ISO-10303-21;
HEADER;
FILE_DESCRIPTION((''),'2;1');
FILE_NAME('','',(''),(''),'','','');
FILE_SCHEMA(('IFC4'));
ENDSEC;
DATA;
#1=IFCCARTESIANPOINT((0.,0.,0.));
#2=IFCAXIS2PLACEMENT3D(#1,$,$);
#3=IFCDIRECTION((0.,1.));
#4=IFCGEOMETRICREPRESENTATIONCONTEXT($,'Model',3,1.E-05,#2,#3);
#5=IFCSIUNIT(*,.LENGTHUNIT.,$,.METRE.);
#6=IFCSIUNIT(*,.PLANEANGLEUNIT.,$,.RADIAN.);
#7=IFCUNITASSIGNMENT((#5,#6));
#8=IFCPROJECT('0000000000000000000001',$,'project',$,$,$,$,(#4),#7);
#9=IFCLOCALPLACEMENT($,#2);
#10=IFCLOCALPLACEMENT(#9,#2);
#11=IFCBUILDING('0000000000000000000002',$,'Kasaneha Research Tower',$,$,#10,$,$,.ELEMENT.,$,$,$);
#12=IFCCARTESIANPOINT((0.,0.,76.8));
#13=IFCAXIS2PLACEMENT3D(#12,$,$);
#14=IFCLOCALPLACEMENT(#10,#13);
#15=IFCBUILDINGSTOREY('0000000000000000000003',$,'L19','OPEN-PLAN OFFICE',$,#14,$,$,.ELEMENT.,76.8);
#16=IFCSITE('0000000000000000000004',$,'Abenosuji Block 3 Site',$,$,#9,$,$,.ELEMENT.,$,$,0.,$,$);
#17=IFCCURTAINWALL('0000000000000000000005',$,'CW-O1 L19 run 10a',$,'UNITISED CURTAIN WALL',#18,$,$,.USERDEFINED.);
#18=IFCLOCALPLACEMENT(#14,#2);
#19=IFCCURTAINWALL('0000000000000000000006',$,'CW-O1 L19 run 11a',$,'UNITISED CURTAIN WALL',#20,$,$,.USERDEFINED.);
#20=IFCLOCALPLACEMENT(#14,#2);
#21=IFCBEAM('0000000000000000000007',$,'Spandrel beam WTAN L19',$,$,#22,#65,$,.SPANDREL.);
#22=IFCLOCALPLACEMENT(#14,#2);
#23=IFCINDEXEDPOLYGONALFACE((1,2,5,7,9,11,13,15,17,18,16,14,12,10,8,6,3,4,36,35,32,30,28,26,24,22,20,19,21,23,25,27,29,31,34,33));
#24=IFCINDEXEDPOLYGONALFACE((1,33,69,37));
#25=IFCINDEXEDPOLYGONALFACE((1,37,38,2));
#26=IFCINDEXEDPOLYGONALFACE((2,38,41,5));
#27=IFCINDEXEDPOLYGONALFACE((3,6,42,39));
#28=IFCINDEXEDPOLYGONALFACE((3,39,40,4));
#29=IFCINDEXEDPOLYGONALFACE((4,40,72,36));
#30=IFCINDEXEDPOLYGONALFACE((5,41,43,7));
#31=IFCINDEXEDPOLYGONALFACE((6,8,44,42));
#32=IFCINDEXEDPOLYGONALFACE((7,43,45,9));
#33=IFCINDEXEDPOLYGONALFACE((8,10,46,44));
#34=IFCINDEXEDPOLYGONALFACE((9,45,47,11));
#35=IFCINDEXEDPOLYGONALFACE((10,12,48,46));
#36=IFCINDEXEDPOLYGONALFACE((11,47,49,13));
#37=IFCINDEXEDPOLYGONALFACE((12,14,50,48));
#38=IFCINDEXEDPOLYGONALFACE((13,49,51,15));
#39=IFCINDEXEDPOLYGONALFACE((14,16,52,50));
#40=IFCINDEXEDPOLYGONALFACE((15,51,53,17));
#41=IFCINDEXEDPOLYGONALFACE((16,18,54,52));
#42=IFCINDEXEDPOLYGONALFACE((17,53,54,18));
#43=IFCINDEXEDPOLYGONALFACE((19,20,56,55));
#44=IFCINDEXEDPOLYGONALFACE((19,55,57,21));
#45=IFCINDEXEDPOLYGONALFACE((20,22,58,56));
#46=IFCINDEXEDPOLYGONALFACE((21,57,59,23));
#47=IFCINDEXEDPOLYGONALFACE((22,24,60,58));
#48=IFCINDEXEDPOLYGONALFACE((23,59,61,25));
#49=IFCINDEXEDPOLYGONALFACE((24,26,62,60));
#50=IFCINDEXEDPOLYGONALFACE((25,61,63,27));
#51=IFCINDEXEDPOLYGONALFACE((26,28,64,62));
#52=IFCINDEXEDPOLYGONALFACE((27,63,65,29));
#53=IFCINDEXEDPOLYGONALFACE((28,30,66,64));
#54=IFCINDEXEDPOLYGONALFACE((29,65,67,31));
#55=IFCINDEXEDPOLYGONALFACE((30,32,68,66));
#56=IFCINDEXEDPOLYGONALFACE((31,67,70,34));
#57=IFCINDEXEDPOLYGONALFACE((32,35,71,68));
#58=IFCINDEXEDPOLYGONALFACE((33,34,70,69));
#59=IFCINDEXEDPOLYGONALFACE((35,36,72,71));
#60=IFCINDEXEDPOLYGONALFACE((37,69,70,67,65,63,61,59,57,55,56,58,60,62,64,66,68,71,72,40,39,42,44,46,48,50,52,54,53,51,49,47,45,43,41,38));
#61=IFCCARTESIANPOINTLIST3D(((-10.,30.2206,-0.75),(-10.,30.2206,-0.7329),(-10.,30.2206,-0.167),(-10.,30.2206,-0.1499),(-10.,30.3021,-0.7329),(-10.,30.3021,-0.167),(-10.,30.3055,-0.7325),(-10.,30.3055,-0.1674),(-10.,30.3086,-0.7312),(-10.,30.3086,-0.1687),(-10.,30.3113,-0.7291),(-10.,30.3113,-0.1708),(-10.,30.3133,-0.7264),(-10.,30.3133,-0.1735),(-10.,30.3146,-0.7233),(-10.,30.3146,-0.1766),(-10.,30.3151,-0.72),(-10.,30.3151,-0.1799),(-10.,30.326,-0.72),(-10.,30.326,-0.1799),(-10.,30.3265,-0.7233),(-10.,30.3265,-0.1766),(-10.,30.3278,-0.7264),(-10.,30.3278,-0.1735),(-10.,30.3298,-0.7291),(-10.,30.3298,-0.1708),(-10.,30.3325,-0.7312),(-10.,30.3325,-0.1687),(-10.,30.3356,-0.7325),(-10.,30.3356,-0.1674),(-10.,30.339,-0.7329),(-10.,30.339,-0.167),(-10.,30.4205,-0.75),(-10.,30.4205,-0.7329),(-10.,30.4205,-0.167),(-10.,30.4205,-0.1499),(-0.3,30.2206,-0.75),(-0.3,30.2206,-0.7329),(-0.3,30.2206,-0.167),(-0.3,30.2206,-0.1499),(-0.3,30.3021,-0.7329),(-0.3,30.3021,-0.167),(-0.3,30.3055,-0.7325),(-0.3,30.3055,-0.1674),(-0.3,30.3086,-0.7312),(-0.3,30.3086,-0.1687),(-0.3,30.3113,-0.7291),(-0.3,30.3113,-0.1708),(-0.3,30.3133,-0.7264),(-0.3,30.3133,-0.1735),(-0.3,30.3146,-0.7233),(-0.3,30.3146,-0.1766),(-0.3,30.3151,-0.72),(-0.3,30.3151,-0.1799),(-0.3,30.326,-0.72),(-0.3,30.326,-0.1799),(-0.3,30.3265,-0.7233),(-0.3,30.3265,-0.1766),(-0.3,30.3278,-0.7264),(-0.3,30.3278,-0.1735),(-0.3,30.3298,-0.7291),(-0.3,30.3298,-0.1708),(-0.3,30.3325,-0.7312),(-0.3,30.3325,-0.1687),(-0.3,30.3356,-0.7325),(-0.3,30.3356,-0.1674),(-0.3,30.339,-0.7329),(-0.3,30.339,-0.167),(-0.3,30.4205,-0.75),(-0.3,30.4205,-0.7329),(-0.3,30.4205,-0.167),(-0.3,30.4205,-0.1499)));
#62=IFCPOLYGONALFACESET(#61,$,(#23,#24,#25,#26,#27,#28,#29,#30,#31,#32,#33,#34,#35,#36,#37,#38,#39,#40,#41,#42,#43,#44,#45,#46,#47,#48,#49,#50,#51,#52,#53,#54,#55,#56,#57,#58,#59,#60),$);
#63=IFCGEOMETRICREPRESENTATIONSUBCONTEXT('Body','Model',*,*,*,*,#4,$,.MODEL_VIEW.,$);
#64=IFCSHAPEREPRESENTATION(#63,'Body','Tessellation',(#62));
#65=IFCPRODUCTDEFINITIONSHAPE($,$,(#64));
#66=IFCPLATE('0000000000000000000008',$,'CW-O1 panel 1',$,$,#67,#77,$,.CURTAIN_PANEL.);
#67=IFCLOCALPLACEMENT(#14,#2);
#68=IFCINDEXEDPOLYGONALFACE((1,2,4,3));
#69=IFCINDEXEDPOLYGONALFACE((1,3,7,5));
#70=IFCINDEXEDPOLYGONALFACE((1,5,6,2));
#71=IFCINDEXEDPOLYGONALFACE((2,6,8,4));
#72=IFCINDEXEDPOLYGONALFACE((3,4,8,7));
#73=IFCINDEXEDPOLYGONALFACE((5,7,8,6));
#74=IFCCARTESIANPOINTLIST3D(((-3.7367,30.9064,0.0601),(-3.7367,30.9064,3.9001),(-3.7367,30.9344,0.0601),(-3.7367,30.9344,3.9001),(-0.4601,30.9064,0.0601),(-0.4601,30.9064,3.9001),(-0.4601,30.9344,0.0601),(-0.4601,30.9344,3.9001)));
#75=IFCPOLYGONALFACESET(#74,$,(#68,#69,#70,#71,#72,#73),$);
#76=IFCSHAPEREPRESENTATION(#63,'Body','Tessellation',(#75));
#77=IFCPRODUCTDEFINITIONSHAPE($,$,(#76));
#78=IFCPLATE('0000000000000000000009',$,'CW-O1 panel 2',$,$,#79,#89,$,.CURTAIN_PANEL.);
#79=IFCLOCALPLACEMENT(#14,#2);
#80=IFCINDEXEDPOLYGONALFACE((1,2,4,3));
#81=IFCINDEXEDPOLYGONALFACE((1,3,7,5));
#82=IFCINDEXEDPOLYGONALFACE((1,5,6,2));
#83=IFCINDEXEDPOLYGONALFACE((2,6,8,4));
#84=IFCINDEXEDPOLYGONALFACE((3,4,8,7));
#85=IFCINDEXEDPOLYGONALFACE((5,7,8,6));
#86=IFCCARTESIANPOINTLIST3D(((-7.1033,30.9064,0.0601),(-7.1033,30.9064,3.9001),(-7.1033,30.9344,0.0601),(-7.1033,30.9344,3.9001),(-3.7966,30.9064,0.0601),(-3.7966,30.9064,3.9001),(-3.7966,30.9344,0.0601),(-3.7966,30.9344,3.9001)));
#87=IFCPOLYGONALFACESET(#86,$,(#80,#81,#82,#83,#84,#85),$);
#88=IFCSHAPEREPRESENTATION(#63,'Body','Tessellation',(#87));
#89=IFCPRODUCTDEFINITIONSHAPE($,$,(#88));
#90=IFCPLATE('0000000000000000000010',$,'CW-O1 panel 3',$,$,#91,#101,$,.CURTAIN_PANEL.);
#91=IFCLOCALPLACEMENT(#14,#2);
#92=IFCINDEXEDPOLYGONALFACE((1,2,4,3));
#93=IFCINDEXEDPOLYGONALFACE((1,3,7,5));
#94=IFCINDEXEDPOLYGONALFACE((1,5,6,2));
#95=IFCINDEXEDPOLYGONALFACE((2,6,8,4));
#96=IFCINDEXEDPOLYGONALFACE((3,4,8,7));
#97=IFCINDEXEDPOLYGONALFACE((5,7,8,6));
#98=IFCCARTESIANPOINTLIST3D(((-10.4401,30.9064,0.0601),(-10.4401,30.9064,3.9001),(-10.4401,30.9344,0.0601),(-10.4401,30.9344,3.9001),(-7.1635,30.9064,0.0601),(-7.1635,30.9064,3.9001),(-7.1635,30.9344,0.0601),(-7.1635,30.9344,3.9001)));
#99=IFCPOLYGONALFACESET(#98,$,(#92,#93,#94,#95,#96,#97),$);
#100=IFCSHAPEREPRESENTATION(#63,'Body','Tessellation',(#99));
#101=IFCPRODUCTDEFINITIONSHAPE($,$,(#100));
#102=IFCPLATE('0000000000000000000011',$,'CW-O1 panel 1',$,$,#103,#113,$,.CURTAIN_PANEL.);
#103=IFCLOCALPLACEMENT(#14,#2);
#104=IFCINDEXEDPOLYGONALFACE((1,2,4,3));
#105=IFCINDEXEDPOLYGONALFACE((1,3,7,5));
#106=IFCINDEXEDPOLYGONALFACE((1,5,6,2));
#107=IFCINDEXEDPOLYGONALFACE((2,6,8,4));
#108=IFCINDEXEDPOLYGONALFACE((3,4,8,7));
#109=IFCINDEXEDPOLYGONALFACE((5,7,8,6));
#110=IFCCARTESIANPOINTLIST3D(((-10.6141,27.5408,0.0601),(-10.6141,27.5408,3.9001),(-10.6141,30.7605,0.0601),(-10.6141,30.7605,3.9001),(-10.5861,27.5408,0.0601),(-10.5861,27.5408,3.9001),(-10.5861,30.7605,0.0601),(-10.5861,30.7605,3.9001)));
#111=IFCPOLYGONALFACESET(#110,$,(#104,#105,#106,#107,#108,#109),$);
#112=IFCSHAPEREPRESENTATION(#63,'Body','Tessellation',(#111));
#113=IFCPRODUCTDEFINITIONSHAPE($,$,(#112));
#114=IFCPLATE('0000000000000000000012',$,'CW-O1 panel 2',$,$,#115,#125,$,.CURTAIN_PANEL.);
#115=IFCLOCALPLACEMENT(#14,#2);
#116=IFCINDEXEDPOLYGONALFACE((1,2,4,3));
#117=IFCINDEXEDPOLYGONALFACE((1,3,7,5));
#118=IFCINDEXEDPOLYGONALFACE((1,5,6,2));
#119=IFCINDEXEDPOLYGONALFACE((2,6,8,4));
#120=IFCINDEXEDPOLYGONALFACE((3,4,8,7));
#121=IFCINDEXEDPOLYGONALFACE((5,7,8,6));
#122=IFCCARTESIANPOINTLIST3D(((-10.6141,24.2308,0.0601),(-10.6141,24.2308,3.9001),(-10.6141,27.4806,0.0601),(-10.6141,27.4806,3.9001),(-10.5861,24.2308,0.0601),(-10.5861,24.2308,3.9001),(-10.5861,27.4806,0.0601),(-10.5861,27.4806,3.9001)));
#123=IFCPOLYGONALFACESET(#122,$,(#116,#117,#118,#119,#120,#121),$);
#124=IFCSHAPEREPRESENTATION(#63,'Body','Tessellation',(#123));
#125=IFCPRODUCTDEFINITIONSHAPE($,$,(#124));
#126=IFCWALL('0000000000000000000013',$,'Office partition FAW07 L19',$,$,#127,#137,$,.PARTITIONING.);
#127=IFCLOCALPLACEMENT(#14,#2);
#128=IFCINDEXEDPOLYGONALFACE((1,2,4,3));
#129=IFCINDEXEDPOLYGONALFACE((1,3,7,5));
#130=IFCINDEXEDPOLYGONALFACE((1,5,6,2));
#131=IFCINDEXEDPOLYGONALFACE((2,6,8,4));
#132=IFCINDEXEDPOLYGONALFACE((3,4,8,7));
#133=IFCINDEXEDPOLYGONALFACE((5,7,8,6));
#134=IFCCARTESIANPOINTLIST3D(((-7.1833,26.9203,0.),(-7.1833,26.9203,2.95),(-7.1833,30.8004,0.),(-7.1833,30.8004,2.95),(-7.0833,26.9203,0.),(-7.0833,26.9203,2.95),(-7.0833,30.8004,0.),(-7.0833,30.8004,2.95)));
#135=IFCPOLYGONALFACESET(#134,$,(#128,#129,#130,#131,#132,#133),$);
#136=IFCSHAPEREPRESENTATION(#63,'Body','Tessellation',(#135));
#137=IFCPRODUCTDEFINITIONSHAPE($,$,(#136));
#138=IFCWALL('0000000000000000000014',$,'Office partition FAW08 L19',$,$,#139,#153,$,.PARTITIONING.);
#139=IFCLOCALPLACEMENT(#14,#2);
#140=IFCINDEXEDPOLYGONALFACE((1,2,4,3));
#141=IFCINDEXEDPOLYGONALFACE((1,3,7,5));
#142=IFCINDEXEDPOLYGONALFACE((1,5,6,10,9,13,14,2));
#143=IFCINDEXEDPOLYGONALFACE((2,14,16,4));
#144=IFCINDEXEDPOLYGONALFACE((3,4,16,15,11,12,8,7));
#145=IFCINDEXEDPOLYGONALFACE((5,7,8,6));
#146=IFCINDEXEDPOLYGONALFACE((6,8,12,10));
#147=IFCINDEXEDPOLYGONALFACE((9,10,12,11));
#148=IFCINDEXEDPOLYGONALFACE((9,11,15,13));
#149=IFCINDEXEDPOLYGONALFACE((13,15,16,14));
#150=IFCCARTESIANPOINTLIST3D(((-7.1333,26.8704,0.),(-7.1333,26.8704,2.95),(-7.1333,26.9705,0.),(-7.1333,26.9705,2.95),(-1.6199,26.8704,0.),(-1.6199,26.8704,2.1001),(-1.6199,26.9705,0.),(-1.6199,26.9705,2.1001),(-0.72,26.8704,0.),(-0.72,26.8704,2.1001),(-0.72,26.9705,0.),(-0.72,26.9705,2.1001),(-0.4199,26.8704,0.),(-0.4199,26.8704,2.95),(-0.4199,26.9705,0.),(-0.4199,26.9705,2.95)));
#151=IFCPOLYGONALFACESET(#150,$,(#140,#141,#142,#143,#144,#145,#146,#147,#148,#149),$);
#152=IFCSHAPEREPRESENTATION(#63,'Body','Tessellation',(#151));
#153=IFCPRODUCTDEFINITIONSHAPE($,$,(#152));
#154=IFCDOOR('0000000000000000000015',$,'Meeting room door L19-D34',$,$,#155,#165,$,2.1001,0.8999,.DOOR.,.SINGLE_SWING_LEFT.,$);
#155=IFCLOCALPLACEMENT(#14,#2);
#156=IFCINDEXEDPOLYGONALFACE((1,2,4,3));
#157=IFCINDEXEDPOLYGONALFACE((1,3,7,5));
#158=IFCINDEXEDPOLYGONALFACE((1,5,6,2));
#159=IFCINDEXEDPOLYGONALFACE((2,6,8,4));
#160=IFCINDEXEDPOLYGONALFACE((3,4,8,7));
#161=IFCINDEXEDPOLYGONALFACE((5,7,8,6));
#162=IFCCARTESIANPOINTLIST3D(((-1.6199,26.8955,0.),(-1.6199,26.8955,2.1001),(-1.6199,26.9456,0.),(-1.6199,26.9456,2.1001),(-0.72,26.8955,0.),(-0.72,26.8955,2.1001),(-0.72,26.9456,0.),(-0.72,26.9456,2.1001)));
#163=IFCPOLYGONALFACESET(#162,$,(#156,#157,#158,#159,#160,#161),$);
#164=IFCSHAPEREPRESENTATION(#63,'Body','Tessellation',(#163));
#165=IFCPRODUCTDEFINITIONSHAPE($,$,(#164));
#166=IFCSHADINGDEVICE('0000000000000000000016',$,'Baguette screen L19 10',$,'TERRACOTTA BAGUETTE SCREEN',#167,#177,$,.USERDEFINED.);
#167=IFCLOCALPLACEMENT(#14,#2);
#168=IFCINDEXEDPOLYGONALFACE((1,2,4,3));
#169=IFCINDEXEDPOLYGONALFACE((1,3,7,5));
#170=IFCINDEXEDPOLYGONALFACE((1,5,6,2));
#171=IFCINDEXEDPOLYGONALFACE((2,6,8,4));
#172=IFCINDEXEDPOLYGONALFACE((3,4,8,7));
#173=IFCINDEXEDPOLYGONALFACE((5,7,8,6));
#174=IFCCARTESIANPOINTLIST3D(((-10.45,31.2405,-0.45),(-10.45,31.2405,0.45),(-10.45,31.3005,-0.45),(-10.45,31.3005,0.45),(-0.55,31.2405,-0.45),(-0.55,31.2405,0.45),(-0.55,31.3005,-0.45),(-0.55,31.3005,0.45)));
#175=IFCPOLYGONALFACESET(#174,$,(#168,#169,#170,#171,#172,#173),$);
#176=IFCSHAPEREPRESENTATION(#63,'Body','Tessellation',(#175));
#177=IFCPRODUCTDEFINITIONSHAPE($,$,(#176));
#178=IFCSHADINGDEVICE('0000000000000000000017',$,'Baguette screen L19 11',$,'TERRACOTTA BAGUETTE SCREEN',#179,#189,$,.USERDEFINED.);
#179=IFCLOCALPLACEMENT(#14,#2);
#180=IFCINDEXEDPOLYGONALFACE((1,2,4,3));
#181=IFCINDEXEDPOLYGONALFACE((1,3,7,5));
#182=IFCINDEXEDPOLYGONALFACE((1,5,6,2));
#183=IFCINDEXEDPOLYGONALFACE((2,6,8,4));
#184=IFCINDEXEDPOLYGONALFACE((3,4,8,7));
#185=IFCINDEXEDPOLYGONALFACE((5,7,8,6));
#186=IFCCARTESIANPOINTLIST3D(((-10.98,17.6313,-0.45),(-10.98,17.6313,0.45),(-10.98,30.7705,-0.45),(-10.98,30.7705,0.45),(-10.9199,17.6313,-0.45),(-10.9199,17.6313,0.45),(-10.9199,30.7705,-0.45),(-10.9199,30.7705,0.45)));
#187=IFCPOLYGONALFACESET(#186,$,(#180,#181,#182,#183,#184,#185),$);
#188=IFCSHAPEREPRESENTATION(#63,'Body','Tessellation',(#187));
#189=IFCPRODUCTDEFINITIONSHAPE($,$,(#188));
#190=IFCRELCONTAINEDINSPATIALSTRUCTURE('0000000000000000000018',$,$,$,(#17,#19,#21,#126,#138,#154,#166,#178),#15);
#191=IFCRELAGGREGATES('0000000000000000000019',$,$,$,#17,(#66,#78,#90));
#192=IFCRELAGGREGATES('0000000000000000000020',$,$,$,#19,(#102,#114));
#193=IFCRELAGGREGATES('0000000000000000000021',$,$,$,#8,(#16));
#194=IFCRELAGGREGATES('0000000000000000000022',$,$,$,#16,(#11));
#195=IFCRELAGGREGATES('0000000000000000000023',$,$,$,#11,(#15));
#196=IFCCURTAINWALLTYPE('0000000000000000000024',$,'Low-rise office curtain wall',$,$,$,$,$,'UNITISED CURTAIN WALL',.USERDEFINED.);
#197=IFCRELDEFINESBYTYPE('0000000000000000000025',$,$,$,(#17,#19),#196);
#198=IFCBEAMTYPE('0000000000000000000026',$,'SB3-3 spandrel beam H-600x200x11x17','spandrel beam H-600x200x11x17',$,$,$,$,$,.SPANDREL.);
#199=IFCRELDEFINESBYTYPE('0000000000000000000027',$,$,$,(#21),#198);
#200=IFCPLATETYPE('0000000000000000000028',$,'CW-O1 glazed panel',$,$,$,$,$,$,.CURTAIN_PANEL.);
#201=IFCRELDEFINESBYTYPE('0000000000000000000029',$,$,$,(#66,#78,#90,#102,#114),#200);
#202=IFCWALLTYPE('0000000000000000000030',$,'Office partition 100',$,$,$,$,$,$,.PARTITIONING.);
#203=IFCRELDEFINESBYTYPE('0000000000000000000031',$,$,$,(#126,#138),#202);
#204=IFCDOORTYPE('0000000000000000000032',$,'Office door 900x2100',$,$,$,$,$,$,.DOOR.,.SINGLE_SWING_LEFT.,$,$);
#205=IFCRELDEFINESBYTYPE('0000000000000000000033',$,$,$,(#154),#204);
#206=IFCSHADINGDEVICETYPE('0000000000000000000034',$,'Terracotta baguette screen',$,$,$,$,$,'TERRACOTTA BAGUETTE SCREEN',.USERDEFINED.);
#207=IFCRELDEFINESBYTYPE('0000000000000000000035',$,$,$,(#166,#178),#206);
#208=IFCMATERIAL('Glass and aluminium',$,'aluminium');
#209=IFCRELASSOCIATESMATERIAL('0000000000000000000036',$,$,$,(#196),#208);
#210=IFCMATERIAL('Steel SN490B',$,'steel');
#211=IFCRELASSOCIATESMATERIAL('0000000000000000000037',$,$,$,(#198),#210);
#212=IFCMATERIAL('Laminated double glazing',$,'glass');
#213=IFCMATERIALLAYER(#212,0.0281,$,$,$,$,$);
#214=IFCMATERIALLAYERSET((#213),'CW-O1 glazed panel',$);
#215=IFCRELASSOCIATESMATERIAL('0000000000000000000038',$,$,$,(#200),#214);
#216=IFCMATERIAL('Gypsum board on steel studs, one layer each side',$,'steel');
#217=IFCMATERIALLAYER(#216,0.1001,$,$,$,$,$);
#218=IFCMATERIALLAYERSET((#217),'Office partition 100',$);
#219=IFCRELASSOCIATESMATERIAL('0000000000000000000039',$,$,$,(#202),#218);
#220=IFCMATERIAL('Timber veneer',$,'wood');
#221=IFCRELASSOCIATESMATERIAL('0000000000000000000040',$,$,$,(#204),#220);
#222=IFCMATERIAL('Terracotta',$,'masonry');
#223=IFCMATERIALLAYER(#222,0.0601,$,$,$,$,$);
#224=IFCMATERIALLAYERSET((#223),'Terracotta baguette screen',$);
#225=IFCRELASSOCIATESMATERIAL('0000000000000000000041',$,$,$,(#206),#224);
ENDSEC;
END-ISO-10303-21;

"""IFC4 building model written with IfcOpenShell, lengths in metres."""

from ifc_helpers import new_model, si_unit, direction, frame, frame_2d, origin, origin_2d, place, context, subcontext, project, spatial, rectangle, i_section, extrude, material, layer, layer_set, material_profile, profile_set, type_object, element, fill, aggregate, save


model = new_model("IFC4")

# Units and contexts
model_context = context("Model", 3, precision=1e-05, world=origin(), true_north=direction((0.0, 1.0)))
body_context = subcontext(model_context, "Body", "Model", "MODEL_VIEW")
ifc_project = project(units=[si_unit("LENGTHUNIT", "METRE"), si_unit("PLANEANGLEUNIT", "RADIAN")], contexts=[model_context])

# Site, building, storey
site_placement = place(None, origin())
site = spatial("IfcSite", under=ifc_project, at=site_placement, Name="Abenosuji Block 3 Site", CompositionType="ELEMENT", RefElevation=0.0)
building_placement = place(site_placement, origin())
building = spatial("IfcBuilding", under=site, at=building_placement, Name="Kasaneha Research Tower", CompositionType="ELEMENT")
storey_placement = place(building_placement, frame((0.0, 0.0, 76.8)))
storey = spatial("IfcBuildingStorey", under=building, at=storey_placement, Name="L19", Description="OPEN-PLAN OFFICE", CompositionType="ELEMENT", Elevation=76.8)

# Curtain walls
ifc_material_1 = material(Name="Glass and aluminium", Category="aluminium")
curtain_wall_type = type_object("IfcCurtainWallType", Name="Low-rise office curtain wall", ElementType="UNITISED CURTAIN WALL", PredefinedType="USERDEFINED", material=ifc_material_1)
curtain_wall_1_placement = place(storey_placement, origin())
curtain_wall_1 = element("IfcCurtainWall", 1, at=curtain_wall_1_placement, inside=storey, type_object=curtain_wall_type, Name="CW-O1 L19 run 10a", ObjectType="UNITISED CURTAIN WALL", PredefinedType="USERDEFINED")
curtain_wall_2_placement = place(storey_placement, origin())
curtain_wall_2 = element("IfcCurtainWall", 2, at=curtain_wall_2_placement, inside=storey, type_object=curtain_wall_type, Name="CW-O1 L19 run 11a", ObjectType="UNITISED CURTAIN WALL", PredefinedType="USERDEFINED")

# Beam
ifc_material_2 = material(Name="Steel SN490B", Category="steel")
ifc_material_profile_1 = material_profile(ifc_material_2, i_section(OverallWidth=0.2, OverallDepth=0.6001, WebThickness=0.011, FlangeThickness=0.0171, FilletRadius=0.0129, at=origin_2d()), Name="H-600x200x11x17")
ifc_profile_set_1 = profile_set([ifc_material_profile_1], Name="Steel SN490B")
beam_type_1 = type_object("IfcBeamType", Name="SB3-3 spandrel beam H-600x200x11x17", Description="spandrel beam H-600x200x11x17", PredefinedType="SPANDREL", material=ifc_profile_set_1)
beam_1_placement = place(storey_placement, frame((-10.0, 30.3206, -0.45), z_axis=(1.0, 0.0, 0.0), x_axis=(0.0, 1.0, 0.0)))
element("IfcBeam", 3, at=beam_1_placement, inside=storey, type_object=beam_type_1, Name="Spandrel beam WTAN L19", PredefinedType="SPANDREL", context=body_context, shape_type="SweptSolid", body=[
    extrude(i_section(OverallWidth=0.2, OverallDepth=0.6001, WebThickness=0.011, FlangeThickness=0.0171, FilletRadius=0.0129, at=origin_2d()), origin(), (0.0, 0.0, 1.0), 9.7),
])

# Plates
ifc_material_3 = material(Name="Laminated double glazing", Category="glass")
ifc_layer_1 = layer(ifc_material_3, 0.0281)
ifc_layer_set_1 = layer_set([ifc_layer_1], Name="CW-O1 glazed panel")
plate_type = type_object("IfcPlateType", Name="CW-O1 glazed panel", PredefinedType="CURTAIN_PANEL", material=ifc_layer_set_1)
plate_1_placement = place(storey_placement, frame((-2.0984, 30.9204, 0.0601), z_axis=(0.0, 0.0, 1.0), x_axis=(-1.0, 0.0, 0.0)))
plate_1 = element("IfcPlate", 4, at=plate_1_placement, type_object=plate_type, Name="CW-O1 panel 1", PredefinedType="CURTAIN_PANEL", context=body_context, shape_type="SweptSolid", body=[
    extrude(rectangle(XDim=3.2766, YDim=0.0281, at=origin_2d()), origin(), (0.0, 0.0, 1.0), 3.8401),
])
plate_2_placement = place(storey_placement, frame((-5.45, 30.9204, 0.0601), z_axis=(0.0, 0.0, 1.0), x_axis=(-1.0, 0.0, 0.0)))
plate_2 = element("IfcPlate", 5, at=plate_2_placement, type_object=plate_type, Name="CW-O1 panel 2", PredefinedType="CURTAIN_PANEL", context=body_context, shape_type="SweptSolid", body=[
    extrude(rectangle(XDim=3.3066, YDim=0.0281, at=origin_2d()), origin(), (0.0, 0.0, 1.0), 3.8401),
])
plate_3_placement = place(storey_placement, frame((-8.8018, 30.9204, 0.0601), z_axis=(0.0, 0.0, 1.0), x_axis=(-1.0, 0.0, 0.0)))
plate_3 = element("IfcPlate", 6, at=plate_3_placement, type_object=plate_type, Name="CW-O1 panel 3", PredefinedType="CURTAIN_PANEL", context=body_context, shape_type="SweptSolid", body=[
    extrude(rectangle(XDim=3.2766, YDim=0.0281, at=origin_2d()), origin(), (0.0, 0.0, 1.0), 3.8401),
])
aggregate(curtain_wall_1, [plate_1, plate_2, plate_3])
plate_4_placement = place(storey_placement, frame((-10.6001, 29.1506, 0.0601), z_axis=(0.0, 0.0, 1.0), x_axis=(0.0, -1.0, 0.0)))
plate_4 = element("IfcPlate", 7, at=plate_4_placement, type_object=plate_type, Name="CW-O1 panel 1", PredefinedType="CURTAIN_PANEL", context=body_context, shape_type="SweptSolid", body=[
    extrude(rectangle(XDim=3.2197, YDim=0.0281, at=origin_2d()), origin(), (0.0, 0.0, 1.0), 3.8401),
])
plate_5_placement = place(storey_placement, frame((-10.6001, 25.8557, 0.0601), z_axis=(0.0, 0.0, 1.0), x_axis=(0.0, -1.0, 0.0)))
plate_5 = element("IfcPlate", 8, at=plate_5_placement, type_object=plate_type, Name="CW-O1 panel 2", PredefinedType="CURTAIN_PANEL", context=body_context, shape_type="SweptSolid", body=[
    extrude(rectangle(XDim=3.2498, YDim=0.0281, at=origin_2d()), origin(), (0.0, 0.0, 1.0), 3.8401),
])
aggregate(curtain_wall_2, [plate_4, plate_5])

# Wall
ifc_material_4 = material(Name="Gypsum board on steel studs, one layer each side", Category="steel")
ifc_layer_2 = layer(ifc_material_4, 0.1001)
ifc_layer_set_2 = layer_set([ifc_layer_2], Name="Office partition 100")
wall_type = type_object("IfcWallType", Name="Office partition 100", PredefinedType="PARTITIONING", material=ifc_layer_set_2)
wall_1_placement = place(storey_placement, frame((-7.1333, 26.9204, 0.0), z_axis=(0.0, 0.0, 1.0), x_axis=(0.0, 1.0, 0.0)))
element("IfcWall", 9, at=wall_1_placement, inside=storey, type_object=wall_type, Name="Office partition FAW07 L19", PredefinedType="PARTITIONING", context=body_context, shape_type="SweptSolid", body=[
    extrude(rectangle(XDim=3.8801, YDim=0.1001, at=frame_2d((1.9399, 0.0))), origin(), (0.0, 0.0, 1.0), 2.95),
])

# Wall, opening, door
wall_2_placement = place(storey_placement, frame((-0.4199, 26.9204, 0.0), z_axis=(0.0, 0.0, 1.0), x_axis=(-1.0, 0.0, 0.0)))
wall_2 = element("IfcWall", 10, at=wall_2_placement, inside=storey, type_object=wall_type, Name="Office partition FAW08 L19", PredefinedType="PARTITIONING", context=body_context, shape_type="SweptSolid", body=[
    extrude(rectangle(XDim=6.7134, YDim=0.1001, at=frame_2d((3.3567, 0.0))), origin(), (0.0, 0.0, 1.0), 2.95),
])
opening_placement = place(wall_2_placement, frame((0.3, 0.0, 0.0)))
opening = element("IfcOpeningElement", 11, at=opening_placement, cuts=wall_2, PredefinedType="OPENING", context=body_context, shape_type="SweptSolid", body=[
    extrude(rectangle(XDim=0.8999, YDim=2.1001, at=frame_2d((0.45, 1.05))), frame((0.0, 0.0601, 0.0), z_axis=(0.0, -1.0, 0.0), x_axis=(1.0, 0.0, 0.0)), (0.0, 0.0, 1.0), 0.1201),
])
ifc_material_5 = material(Name="Timber veneer", Category="wood")
door_type = type_object("IfcDoorType", Name="Office door 900x2100", OperationType="SINGLE_SWING_LEFT", PredefinedType="DOOR", material=ifc_material_5)
door_placement = place(opening_placement, origin())
door = element("IfcDoor", 12, at=door_placement, inside=storey, type_object=door_type, Name="Meeting room door L19-D34", OperationType="SINGLE_SWING_LEFT", OverallHeight=2.1001, OverallWidth=0.8999, PredefinedType="DOOR", context=body_context, shape_type="SweptSolid", body=[
    extrude(rectangle(XDim=0.8999, YDim=2.1001, at=frame_2d((0.45, 1.05))), frame((0.0, 0.0249, 0.0), z_axis=(0.0, -1.0, 0.0), x_axis=(1.0, 0.0, 0.0)), (0.0, 0.0, 1.0), 0.05),
])
fill(opening, door)

# Shading devices
ifc_material_6 = material(Name="Terracotta", Category="masonry")
ifc_layer_3 = layer(ifc_material_6, 0.0601)
ifc_layer_set_3 = layer_set([ifc_layer_3], Name="Terracotta baguette screen")
shading_device_type = type_object("IfcShadingDeviceType", Name="Terracotta baguette screen", ElementType="TERRACOTTA BAGUETTE SCREEN", PredefinedType="USERDEFINED", material=ifc_layer_set_3)
shading_device_1_placement = place(storey_placement, frame((-5.5, 31.2705, -0.45), z_axis=(0.0, 0.0, 1.0), x_axis=(-1.0, 0.0, 0.0)))
element("IfcShadingDevice", 13, at=shading_device_1_placement, inside=storey, type_object=shading_device_type, Name="Baguette screen L19 10", ObjectType="TERRACOTTA BAGUETTE SCREEN", PredefinedType="USERDEFINED", context=body_context, shape_type="SweptSolid", body=[
    extrude(rectangle(XDim=9.8999, YDim=0.0601, at=origin_2d()), origin(), (0.0, 0.0, 1.0), 0.8999),
])
shading_device_2_placement = place(storey_placement, frame((-10.95, 24.2009, -0.45), z_axis=(0.0, 0.0, 1.0), x_axis=(0.0, -1.0, 0.0)))
element("IfcShadingDevice", 14, at=shading_device_2_placement, inside=storey, type_object=shading_device_type, Name="Baguette screen L19 11", ObjectType="TERRACOTTA BAGUETTE SCREEN", PredefinedType="USERDEFINED", context=body_context, shape_type="SweptSolid", body=[
    extrude(rectangle(XDim=13.1392, YDim=0.0601, at=origin_2d()), origin(), (0.0, 0.0, 1.0), 0.8999),
])

save(model, "model.ifc")
